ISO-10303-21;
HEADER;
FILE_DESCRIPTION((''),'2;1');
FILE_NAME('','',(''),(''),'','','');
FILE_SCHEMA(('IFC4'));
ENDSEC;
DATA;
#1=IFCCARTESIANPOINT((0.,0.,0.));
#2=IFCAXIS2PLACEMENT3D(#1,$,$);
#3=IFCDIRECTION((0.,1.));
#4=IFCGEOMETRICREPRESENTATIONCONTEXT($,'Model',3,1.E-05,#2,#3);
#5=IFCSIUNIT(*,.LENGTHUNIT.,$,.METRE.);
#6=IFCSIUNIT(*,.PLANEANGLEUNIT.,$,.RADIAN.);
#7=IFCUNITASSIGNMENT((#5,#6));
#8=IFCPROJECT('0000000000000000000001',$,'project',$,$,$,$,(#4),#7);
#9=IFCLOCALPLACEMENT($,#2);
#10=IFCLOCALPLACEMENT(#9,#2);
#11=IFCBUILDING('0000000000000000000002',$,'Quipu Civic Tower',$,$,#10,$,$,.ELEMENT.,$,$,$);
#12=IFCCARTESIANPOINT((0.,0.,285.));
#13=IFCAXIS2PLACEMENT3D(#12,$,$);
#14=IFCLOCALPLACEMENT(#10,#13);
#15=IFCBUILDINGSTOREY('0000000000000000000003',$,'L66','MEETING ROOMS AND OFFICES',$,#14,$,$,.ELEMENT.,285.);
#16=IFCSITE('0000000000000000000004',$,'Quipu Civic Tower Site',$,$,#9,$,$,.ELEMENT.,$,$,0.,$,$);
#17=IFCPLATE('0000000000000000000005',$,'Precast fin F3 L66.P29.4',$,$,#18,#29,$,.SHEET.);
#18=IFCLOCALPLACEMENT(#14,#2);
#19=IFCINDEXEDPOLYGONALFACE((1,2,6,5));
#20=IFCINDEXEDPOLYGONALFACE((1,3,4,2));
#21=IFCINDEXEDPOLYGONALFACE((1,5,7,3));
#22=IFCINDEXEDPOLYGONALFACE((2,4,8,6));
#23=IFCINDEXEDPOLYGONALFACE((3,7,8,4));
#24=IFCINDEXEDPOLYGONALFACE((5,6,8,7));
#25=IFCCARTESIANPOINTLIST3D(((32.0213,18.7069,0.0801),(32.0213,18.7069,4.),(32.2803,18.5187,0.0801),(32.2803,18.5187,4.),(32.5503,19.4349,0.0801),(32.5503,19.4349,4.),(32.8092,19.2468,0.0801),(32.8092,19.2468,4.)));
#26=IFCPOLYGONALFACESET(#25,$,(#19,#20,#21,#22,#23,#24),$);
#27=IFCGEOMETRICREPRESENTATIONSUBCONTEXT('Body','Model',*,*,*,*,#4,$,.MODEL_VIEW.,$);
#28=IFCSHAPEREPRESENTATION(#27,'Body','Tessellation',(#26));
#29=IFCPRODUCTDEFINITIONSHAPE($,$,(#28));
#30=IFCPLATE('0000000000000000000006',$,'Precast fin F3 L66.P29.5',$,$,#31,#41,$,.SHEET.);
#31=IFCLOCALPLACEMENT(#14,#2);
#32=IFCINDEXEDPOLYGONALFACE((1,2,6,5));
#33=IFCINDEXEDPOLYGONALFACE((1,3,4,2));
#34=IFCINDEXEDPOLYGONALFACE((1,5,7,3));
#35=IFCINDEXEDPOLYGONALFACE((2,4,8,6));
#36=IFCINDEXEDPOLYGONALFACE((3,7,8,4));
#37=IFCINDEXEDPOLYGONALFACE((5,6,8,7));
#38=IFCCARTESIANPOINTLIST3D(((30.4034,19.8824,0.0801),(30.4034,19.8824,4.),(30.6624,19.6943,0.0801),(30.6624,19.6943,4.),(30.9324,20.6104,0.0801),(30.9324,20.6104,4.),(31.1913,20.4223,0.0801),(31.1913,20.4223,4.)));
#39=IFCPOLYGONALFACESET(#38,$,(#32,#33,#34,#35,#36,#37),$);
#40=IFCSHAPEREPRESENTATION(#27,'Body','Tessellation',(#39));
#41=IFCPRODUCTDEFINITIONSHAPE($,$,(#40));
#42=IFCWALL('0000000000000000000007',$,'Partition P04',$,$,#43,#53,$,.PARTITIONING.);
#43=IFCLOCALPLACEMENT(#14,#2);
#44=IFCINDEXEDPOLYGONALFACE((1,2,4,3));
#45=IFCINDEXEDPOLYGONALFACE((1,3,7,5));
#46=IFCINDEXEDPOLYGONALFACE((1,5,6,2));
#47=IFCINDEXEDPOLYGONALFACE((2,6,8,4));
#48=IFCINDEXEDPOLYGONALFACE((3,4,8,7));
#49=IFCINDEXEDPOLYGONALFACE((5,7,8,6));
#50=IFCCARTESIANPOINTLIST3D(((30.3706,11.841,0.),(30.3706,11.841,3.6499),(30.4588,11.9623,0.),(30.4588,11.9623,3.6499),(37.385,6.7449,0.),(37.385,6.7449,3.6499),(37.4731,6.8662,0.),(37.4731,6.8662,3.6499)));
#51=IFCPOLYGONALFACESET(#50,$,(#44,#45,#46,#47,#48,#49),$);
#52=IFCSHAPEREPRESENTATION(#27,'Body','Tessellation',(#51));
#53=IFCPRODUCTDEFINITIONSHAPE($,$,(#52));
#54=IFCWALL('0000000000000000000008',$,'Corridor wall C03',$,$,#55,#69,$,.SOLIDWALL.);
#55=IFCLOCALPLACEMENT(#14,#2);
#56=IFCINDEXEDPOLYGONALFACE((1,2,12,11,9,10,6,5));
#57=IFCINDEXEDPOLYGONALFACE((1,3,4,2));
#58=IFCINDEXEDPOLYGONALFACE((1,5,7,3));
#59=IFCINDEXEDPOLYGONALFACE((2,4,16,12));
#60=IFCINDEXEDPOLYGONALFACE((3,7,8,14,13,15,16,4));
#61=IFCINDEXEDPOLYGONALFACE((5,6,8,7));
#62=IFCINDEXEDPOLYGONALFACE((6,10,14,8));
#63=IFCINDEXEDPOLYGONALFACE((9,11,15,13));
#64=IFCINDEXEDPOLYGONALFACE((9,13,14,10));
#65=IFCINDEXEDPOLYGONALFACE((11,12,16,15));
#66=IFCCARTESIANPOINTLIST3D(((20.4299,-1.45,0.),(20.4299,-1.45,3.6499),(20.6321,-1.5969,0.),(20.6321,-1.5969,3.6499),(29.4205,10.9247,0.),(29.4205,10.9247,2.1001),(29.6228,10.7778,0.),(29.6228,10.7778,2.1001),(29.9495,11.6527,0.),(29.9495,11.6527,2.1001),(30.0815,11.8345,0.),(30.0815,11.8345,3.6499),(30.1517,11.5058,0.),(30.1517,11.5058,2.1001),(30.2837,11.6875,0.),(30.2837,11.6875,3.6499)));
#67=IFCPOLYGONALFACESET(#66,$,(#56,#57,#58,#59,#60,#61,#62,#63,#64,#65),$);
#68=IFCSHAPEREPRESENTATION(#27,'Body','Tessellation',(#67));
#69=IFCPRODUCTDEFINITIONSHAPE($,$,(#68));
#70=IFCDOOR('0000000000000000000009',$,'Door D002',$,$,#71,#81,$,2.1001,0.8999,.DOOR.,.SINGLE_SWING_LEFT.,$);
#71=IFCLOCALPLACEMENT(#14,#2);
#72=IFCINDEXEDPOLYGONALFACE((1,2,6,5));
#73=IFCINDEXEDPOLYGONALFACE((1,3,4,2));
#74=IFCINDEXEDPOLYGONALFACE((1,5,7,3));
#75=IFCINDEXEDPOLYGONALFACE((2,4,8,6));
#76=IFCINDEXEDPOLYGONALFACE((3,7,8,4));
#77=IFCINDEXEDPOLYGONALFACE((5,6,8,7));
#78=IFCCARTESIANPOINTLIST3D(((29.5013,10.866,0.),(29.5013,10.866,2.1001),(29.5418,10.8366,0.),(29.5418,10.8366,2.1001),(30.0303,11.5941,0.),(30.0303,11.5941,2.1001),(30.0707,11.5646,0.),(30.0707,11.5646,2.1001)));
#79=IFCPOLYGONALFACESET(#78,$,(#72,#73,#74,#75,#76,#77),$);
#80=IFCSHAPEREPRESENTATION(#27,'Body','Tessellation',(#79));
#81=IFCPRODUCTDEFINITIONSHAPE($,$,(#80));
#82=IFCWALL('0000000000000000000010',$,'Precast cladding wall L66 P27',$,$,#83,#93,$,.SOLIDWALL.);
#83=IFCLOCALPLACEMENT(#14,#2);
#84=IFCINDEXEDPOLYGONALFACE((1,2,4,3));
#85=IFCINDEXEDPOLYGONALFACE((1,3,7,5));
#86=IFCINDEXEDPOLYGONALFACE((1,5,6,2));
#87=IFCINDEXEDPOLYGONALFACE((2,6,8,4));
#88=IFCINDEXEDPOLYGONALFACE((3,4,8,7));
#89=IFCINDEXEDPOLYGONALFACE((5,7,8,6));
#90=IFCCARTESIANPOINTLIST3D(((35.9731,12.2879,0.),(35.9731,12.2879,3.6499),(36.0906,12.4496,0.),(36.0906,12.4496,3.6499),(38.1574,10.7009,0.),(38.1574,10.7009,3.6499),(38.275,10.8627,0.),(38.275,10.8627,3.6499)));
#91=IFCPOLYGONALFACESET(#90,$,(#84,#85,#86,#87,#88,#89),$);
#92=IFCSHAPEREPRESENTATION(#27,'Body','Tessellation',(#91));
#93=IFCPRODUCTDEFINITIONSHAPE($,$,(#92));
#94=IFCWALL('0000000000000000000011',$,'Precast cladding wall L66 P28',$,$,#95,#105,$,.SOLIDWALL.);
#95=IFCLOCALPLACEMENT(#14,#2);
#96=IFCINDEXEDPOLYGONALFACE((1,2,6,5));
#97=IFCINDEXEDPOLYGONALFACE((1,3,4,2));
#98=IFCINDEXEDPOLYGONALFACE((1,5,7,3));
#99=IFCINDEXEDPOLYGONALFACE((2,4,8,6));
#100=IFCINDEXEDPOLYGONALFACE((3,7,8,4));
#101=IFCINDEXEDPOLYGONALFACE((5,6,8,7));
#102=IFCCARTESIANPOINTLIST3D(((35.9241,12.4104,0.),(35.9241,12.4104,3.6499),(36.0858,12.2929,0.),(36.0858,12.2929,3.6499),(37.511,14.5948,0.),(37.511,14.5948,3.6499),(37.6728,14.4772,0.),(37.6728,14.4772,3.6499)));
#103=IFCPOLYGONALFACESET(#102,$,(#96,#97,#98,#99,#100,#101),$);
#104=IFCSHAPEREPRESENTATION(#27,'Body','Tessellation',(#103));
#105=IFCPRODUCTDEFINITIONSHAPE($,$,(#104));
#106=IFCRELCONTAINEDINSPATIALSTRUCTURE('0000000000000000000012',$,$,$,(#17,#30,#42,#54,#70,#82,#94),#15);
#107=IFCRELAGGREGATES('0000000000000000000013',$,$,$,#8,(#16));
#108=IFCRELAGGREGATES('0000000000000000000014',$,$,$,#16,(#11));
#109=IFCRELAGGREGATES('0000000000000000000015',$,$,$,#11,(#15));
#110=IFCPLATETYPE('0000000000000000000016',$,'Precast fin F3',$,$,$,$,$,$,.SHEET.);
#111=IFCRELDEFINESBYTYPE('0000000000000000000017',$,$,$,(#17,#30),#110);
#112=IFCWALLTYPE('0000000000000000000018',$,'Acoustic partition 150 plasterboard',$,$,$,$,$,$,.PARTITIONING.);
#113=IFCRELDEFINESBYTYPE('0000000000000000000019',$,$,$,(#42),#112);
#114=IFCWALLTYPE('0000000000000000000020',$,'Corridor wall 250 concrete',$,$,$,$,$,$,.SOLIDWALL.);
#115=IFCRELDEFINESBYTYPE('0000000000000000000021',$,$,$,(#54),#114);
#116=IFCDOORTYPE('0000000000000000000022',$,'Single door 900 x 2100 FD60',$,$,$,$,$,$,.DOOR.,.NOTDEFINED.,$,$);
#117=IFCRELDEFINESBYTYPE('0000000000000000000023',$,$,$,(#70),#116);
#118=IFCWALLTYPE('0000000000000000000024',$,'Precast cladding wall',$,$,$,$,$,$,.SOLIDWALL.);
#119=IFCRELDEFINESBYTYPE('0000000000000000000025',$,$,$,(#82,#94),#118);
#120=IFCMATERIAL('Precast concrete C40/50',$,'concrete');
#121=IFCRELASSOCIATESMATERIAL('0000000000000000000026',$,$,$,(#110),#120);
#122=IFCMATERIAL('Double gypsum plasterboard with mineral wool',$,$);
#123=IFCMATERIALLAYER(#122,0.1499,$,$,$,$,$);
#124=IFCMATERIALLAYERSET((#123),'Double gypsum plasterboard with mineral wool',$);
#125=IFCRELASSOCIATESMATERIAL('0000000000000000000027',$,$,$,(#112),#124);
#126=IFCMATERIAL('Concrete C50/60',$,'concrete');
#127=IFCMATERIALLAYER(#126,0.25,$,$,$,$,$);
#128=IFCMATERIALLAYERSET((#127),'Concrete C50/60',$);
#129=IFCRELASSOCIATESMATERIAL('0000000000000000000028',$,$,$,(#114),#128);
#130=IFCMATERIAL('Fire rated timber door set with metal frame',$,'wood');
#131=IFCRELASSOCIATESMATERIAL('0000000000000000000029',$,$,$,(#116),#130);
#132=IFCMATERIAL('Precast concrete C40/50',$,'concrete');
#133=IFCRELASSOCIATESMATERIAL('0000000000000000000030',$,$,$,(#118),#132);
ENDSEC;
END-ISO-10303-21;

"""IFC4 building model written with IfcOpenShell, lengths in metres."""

from ifc_helpers import new_model, si_unit, direction, frame, frame_2d, origin, origin_2d, place, context, subcontext, project, spatial, rectangle, extrude, material, layer, layer_set, type_object, element, fill, save


model = new_model("IFC4")

# Units and contexts
model_context = context("Model", 3, precision=1e-05, world=origin(), true_north=direction((0.0, 1.0)))
body_context = subcontext(model_context, "Body", "Model", "MODEL_VIEW")
ifc_project = project(units=[si_unit("LENGTHUNIT", "METRE"), si_unit("PLANEANGLEUNIT", "RADIAN")], contexts=[model_context])

# Site, building, storey
site_placement = place(None, origin())
site = spatial("IfcSite", under=ifc_project, at=site_placement, Name="Quipu Civic Tower Site", CompositionType="ELEMENT", RefElevation=0.0)
building_placement = place(site_placement, origin())
building = spatial("IfcBuilding", under=site, at=building_placement, Name="Quipu Civic Tower", CompositionType="ELEMENT")
storey_placement = place(building_placement, frame((0.0, 0.0, 285.0)))
storey = spatial("IfcBuildingStorey", under=building, at=storey_placement, Name="L66", Description="MEETING ROOMS AND OFFICES", CompositionType="ELEMENT", Elevation=285.0)

# Plates
ifc_material_1 = material(Name="Precast concrete C40/50", Category="concrete")
plate_type_1 = type_object("IfcPlateType", Name="Precast fin F3", PredefinedType="SHEET", material=ifc_material_1)
for number, where, z_axis, x_axis, name in (
    (1, (32.4153, 18.9768, 0.0801), (0.0, 0.0, 1.0), (-0.809017, 0.587785, 0.0), "Precast fin F3 L66.P29.4"),
    (2, (30.7974, 20.1523, 0.0801), (0.0, 0.0, 1.0), (-0.809017, 0.587785, 0.0), "Precast fin F3 L66.P29.5"),
):
    element("IfcPlate", number, at=place(storey_placement, frame(where, z_axis=z_axis, x_axis=x_axis)), inside=storey, type_object=plate_type_1, Name=name, PredefinedType="SHEET", context=body_context, shape_type="SweptSolid", body=[
        extrude(rectangle(XDim=0.3201, YDim=0.8999, at=origin_2d()), origin(), (0.0, 0.0, 1.0), 3.9199),
    ])

# Wall
ifc_material_2 = material(Name="Double gypsum plasterboard with mineral wool")
ifc_layer_1 = layer(ifc_material_2, 0.1499)
ifc_layer_set_1 = layer_set([ifc_layer_1], Name="Double gypsum plasterboard with mineral wool")
wall_type_1 = type_object("IfcWallType", Name="Acoustic partition 150 plasterboard", PredefinedType="PARTITIONING", material=ifc_layer_set_1)
wall_1_placement = place(storey_placement, frame((30.4148, 11.9016, 0.0), z_axis=(0.0, 0.0, 1.0), x_axis=(0.809021, -0.58778, 0.0)))
element("IfcWall", 3, at=wall_1_placement, inside=storey, type_object=wall_type_1, Name="Partition P04", PredefinedType="PARTITIONING", context=body_context, shape_type="SweptSolid", body=[
    extrude(rectangle(XDim=8.6702, YDim=0.1499, at=frame_2d((4.335, 0.0))), origin(), (0.0, 0.0, 1.0), 3.6499),
])

# Wall, opening, door
ifc_material_3 = material(Name="Concrete C50/60", Category="concrete")
ifc_layer_2 = layer(ifc_material_3, 0.25)
ifc_layer_set_2 = layer_set([ifc_layer_2], Name="Concrete C50/60")
wall_type_2 = type_object("IfcWallType", Name="Corridor wall 250 concrete", PredefinedType="SOLIDWALL", material=ifc_layer_set_2)
wall_2_placement = place(storey_placement, frame((30.1826, 11.761, 0.0), z_axis=(0.0, 0.0, 1.0), x_axis=(-0.587782, -0.80902, 0.0)))
wall_2 = element("IfcWall", 4, at=wall_2_placement, inside=storey, type_object=wall_type_2, Name="Corridor wall C03", PredefinedType="SOLIDWALL", context=body_context, shape_type="SweptSolid", body=[
    extrude(rectangle(XDim=16.4204, YDim=0.25, at=frame_2d((8.2102, 0.0))), origin(), (0.0, 0.0, 1.0), 3.6499),
])
opening_placement = place(wall_2_placement, frame((0.2246, 0.0, 0.0)))
opening = element("IfcOpeningElement", 5, at=opening_placement, cuts=wall_2, PredefinedType="OPENING", context=body_context, shape_type="SweptSolid", body=[
    extrude(rectangle(XDim=0.8999, YDim=2.1001, at=frame_2d((0.45, 1.05))), frame((0.0, 0.135, 0.0), z_axis=(0.0, -1.0, 0.0), x_axis=(1.0, 0.0, 0.0)), (0.0, 0.0, 1.0), 0.27),
])
ifc_material_4 = material(Name="Fire rated timber door set with metal frame", Category="wood")
door_type = type_object("IfcDoorType", Name="Single door 900 x 2100 FD60", OperationType="NOTDEFINED", PredefinedType="DOOR", material=ifc_material_4)
door_placement = place(opening_placement, origin())
door = element("IfcDoor", 6, at=door_placement, inside=storey, type_object=door_type, Name="Door D002", OperationType="SINGLE_SWING_LEFT", OverallHeight=2.1001, OverallWidth=0.8999, PredefinedType="DOOR", context=body_context, shape_type="SweptSolid", body=[
    extrude(rectangle(XDim=0.8999, YDim=2.1001, at=frame_2d((0.45, 1.05))), frame((0.0, 0.0249, 0.0), z_axis=(0.0, -1.0, 0.0), x_axis=(1.0, 0.0, 0.0)), (0.0, 0.0, 1.0), 0.05),
])
fill(opening, door)

# Walls
ifc_material_5 = material(Name="Precast concrete C40/50", Category="concrete")
wall_type_3 = type_object("IfcWallType", Name="Precast cladding wall", PredefinedType="SOLIDWALL", material=ifc_material_5)
for number, where, z_axis, x_axis, name in (
    (7, (38.2163, 10.7817, 0.0), (0.0, 0.0, 1.0), (-0.809033, 0.587763, 0.0), "Precast cladding wall L66 P27"),
    (8, (36.0049, 12.3516, 0.0), (0.0, 0.0, 1.0), (0.587763, 0.809033, 0.0), "Precast cladding wall L66 P28"),
):
    element("IfcWall", number, at=place(storey_placement, frame(where, z_axis=z_axis, x_axis=x_axis)), inside=storey, type_object=wall_type_3, Name=name, PredefinedType="SOLIDWALL", context=body_context, shape_type="SweptSolid", body=[
        extrude(rectangle(XDim=2.7, YDim=0.2, at=frame_2d((1.3501, 0.0))), origin(), (0.0, 0.0, 1.0), 3.6499),
    ])

save(model, "model.ifc")
